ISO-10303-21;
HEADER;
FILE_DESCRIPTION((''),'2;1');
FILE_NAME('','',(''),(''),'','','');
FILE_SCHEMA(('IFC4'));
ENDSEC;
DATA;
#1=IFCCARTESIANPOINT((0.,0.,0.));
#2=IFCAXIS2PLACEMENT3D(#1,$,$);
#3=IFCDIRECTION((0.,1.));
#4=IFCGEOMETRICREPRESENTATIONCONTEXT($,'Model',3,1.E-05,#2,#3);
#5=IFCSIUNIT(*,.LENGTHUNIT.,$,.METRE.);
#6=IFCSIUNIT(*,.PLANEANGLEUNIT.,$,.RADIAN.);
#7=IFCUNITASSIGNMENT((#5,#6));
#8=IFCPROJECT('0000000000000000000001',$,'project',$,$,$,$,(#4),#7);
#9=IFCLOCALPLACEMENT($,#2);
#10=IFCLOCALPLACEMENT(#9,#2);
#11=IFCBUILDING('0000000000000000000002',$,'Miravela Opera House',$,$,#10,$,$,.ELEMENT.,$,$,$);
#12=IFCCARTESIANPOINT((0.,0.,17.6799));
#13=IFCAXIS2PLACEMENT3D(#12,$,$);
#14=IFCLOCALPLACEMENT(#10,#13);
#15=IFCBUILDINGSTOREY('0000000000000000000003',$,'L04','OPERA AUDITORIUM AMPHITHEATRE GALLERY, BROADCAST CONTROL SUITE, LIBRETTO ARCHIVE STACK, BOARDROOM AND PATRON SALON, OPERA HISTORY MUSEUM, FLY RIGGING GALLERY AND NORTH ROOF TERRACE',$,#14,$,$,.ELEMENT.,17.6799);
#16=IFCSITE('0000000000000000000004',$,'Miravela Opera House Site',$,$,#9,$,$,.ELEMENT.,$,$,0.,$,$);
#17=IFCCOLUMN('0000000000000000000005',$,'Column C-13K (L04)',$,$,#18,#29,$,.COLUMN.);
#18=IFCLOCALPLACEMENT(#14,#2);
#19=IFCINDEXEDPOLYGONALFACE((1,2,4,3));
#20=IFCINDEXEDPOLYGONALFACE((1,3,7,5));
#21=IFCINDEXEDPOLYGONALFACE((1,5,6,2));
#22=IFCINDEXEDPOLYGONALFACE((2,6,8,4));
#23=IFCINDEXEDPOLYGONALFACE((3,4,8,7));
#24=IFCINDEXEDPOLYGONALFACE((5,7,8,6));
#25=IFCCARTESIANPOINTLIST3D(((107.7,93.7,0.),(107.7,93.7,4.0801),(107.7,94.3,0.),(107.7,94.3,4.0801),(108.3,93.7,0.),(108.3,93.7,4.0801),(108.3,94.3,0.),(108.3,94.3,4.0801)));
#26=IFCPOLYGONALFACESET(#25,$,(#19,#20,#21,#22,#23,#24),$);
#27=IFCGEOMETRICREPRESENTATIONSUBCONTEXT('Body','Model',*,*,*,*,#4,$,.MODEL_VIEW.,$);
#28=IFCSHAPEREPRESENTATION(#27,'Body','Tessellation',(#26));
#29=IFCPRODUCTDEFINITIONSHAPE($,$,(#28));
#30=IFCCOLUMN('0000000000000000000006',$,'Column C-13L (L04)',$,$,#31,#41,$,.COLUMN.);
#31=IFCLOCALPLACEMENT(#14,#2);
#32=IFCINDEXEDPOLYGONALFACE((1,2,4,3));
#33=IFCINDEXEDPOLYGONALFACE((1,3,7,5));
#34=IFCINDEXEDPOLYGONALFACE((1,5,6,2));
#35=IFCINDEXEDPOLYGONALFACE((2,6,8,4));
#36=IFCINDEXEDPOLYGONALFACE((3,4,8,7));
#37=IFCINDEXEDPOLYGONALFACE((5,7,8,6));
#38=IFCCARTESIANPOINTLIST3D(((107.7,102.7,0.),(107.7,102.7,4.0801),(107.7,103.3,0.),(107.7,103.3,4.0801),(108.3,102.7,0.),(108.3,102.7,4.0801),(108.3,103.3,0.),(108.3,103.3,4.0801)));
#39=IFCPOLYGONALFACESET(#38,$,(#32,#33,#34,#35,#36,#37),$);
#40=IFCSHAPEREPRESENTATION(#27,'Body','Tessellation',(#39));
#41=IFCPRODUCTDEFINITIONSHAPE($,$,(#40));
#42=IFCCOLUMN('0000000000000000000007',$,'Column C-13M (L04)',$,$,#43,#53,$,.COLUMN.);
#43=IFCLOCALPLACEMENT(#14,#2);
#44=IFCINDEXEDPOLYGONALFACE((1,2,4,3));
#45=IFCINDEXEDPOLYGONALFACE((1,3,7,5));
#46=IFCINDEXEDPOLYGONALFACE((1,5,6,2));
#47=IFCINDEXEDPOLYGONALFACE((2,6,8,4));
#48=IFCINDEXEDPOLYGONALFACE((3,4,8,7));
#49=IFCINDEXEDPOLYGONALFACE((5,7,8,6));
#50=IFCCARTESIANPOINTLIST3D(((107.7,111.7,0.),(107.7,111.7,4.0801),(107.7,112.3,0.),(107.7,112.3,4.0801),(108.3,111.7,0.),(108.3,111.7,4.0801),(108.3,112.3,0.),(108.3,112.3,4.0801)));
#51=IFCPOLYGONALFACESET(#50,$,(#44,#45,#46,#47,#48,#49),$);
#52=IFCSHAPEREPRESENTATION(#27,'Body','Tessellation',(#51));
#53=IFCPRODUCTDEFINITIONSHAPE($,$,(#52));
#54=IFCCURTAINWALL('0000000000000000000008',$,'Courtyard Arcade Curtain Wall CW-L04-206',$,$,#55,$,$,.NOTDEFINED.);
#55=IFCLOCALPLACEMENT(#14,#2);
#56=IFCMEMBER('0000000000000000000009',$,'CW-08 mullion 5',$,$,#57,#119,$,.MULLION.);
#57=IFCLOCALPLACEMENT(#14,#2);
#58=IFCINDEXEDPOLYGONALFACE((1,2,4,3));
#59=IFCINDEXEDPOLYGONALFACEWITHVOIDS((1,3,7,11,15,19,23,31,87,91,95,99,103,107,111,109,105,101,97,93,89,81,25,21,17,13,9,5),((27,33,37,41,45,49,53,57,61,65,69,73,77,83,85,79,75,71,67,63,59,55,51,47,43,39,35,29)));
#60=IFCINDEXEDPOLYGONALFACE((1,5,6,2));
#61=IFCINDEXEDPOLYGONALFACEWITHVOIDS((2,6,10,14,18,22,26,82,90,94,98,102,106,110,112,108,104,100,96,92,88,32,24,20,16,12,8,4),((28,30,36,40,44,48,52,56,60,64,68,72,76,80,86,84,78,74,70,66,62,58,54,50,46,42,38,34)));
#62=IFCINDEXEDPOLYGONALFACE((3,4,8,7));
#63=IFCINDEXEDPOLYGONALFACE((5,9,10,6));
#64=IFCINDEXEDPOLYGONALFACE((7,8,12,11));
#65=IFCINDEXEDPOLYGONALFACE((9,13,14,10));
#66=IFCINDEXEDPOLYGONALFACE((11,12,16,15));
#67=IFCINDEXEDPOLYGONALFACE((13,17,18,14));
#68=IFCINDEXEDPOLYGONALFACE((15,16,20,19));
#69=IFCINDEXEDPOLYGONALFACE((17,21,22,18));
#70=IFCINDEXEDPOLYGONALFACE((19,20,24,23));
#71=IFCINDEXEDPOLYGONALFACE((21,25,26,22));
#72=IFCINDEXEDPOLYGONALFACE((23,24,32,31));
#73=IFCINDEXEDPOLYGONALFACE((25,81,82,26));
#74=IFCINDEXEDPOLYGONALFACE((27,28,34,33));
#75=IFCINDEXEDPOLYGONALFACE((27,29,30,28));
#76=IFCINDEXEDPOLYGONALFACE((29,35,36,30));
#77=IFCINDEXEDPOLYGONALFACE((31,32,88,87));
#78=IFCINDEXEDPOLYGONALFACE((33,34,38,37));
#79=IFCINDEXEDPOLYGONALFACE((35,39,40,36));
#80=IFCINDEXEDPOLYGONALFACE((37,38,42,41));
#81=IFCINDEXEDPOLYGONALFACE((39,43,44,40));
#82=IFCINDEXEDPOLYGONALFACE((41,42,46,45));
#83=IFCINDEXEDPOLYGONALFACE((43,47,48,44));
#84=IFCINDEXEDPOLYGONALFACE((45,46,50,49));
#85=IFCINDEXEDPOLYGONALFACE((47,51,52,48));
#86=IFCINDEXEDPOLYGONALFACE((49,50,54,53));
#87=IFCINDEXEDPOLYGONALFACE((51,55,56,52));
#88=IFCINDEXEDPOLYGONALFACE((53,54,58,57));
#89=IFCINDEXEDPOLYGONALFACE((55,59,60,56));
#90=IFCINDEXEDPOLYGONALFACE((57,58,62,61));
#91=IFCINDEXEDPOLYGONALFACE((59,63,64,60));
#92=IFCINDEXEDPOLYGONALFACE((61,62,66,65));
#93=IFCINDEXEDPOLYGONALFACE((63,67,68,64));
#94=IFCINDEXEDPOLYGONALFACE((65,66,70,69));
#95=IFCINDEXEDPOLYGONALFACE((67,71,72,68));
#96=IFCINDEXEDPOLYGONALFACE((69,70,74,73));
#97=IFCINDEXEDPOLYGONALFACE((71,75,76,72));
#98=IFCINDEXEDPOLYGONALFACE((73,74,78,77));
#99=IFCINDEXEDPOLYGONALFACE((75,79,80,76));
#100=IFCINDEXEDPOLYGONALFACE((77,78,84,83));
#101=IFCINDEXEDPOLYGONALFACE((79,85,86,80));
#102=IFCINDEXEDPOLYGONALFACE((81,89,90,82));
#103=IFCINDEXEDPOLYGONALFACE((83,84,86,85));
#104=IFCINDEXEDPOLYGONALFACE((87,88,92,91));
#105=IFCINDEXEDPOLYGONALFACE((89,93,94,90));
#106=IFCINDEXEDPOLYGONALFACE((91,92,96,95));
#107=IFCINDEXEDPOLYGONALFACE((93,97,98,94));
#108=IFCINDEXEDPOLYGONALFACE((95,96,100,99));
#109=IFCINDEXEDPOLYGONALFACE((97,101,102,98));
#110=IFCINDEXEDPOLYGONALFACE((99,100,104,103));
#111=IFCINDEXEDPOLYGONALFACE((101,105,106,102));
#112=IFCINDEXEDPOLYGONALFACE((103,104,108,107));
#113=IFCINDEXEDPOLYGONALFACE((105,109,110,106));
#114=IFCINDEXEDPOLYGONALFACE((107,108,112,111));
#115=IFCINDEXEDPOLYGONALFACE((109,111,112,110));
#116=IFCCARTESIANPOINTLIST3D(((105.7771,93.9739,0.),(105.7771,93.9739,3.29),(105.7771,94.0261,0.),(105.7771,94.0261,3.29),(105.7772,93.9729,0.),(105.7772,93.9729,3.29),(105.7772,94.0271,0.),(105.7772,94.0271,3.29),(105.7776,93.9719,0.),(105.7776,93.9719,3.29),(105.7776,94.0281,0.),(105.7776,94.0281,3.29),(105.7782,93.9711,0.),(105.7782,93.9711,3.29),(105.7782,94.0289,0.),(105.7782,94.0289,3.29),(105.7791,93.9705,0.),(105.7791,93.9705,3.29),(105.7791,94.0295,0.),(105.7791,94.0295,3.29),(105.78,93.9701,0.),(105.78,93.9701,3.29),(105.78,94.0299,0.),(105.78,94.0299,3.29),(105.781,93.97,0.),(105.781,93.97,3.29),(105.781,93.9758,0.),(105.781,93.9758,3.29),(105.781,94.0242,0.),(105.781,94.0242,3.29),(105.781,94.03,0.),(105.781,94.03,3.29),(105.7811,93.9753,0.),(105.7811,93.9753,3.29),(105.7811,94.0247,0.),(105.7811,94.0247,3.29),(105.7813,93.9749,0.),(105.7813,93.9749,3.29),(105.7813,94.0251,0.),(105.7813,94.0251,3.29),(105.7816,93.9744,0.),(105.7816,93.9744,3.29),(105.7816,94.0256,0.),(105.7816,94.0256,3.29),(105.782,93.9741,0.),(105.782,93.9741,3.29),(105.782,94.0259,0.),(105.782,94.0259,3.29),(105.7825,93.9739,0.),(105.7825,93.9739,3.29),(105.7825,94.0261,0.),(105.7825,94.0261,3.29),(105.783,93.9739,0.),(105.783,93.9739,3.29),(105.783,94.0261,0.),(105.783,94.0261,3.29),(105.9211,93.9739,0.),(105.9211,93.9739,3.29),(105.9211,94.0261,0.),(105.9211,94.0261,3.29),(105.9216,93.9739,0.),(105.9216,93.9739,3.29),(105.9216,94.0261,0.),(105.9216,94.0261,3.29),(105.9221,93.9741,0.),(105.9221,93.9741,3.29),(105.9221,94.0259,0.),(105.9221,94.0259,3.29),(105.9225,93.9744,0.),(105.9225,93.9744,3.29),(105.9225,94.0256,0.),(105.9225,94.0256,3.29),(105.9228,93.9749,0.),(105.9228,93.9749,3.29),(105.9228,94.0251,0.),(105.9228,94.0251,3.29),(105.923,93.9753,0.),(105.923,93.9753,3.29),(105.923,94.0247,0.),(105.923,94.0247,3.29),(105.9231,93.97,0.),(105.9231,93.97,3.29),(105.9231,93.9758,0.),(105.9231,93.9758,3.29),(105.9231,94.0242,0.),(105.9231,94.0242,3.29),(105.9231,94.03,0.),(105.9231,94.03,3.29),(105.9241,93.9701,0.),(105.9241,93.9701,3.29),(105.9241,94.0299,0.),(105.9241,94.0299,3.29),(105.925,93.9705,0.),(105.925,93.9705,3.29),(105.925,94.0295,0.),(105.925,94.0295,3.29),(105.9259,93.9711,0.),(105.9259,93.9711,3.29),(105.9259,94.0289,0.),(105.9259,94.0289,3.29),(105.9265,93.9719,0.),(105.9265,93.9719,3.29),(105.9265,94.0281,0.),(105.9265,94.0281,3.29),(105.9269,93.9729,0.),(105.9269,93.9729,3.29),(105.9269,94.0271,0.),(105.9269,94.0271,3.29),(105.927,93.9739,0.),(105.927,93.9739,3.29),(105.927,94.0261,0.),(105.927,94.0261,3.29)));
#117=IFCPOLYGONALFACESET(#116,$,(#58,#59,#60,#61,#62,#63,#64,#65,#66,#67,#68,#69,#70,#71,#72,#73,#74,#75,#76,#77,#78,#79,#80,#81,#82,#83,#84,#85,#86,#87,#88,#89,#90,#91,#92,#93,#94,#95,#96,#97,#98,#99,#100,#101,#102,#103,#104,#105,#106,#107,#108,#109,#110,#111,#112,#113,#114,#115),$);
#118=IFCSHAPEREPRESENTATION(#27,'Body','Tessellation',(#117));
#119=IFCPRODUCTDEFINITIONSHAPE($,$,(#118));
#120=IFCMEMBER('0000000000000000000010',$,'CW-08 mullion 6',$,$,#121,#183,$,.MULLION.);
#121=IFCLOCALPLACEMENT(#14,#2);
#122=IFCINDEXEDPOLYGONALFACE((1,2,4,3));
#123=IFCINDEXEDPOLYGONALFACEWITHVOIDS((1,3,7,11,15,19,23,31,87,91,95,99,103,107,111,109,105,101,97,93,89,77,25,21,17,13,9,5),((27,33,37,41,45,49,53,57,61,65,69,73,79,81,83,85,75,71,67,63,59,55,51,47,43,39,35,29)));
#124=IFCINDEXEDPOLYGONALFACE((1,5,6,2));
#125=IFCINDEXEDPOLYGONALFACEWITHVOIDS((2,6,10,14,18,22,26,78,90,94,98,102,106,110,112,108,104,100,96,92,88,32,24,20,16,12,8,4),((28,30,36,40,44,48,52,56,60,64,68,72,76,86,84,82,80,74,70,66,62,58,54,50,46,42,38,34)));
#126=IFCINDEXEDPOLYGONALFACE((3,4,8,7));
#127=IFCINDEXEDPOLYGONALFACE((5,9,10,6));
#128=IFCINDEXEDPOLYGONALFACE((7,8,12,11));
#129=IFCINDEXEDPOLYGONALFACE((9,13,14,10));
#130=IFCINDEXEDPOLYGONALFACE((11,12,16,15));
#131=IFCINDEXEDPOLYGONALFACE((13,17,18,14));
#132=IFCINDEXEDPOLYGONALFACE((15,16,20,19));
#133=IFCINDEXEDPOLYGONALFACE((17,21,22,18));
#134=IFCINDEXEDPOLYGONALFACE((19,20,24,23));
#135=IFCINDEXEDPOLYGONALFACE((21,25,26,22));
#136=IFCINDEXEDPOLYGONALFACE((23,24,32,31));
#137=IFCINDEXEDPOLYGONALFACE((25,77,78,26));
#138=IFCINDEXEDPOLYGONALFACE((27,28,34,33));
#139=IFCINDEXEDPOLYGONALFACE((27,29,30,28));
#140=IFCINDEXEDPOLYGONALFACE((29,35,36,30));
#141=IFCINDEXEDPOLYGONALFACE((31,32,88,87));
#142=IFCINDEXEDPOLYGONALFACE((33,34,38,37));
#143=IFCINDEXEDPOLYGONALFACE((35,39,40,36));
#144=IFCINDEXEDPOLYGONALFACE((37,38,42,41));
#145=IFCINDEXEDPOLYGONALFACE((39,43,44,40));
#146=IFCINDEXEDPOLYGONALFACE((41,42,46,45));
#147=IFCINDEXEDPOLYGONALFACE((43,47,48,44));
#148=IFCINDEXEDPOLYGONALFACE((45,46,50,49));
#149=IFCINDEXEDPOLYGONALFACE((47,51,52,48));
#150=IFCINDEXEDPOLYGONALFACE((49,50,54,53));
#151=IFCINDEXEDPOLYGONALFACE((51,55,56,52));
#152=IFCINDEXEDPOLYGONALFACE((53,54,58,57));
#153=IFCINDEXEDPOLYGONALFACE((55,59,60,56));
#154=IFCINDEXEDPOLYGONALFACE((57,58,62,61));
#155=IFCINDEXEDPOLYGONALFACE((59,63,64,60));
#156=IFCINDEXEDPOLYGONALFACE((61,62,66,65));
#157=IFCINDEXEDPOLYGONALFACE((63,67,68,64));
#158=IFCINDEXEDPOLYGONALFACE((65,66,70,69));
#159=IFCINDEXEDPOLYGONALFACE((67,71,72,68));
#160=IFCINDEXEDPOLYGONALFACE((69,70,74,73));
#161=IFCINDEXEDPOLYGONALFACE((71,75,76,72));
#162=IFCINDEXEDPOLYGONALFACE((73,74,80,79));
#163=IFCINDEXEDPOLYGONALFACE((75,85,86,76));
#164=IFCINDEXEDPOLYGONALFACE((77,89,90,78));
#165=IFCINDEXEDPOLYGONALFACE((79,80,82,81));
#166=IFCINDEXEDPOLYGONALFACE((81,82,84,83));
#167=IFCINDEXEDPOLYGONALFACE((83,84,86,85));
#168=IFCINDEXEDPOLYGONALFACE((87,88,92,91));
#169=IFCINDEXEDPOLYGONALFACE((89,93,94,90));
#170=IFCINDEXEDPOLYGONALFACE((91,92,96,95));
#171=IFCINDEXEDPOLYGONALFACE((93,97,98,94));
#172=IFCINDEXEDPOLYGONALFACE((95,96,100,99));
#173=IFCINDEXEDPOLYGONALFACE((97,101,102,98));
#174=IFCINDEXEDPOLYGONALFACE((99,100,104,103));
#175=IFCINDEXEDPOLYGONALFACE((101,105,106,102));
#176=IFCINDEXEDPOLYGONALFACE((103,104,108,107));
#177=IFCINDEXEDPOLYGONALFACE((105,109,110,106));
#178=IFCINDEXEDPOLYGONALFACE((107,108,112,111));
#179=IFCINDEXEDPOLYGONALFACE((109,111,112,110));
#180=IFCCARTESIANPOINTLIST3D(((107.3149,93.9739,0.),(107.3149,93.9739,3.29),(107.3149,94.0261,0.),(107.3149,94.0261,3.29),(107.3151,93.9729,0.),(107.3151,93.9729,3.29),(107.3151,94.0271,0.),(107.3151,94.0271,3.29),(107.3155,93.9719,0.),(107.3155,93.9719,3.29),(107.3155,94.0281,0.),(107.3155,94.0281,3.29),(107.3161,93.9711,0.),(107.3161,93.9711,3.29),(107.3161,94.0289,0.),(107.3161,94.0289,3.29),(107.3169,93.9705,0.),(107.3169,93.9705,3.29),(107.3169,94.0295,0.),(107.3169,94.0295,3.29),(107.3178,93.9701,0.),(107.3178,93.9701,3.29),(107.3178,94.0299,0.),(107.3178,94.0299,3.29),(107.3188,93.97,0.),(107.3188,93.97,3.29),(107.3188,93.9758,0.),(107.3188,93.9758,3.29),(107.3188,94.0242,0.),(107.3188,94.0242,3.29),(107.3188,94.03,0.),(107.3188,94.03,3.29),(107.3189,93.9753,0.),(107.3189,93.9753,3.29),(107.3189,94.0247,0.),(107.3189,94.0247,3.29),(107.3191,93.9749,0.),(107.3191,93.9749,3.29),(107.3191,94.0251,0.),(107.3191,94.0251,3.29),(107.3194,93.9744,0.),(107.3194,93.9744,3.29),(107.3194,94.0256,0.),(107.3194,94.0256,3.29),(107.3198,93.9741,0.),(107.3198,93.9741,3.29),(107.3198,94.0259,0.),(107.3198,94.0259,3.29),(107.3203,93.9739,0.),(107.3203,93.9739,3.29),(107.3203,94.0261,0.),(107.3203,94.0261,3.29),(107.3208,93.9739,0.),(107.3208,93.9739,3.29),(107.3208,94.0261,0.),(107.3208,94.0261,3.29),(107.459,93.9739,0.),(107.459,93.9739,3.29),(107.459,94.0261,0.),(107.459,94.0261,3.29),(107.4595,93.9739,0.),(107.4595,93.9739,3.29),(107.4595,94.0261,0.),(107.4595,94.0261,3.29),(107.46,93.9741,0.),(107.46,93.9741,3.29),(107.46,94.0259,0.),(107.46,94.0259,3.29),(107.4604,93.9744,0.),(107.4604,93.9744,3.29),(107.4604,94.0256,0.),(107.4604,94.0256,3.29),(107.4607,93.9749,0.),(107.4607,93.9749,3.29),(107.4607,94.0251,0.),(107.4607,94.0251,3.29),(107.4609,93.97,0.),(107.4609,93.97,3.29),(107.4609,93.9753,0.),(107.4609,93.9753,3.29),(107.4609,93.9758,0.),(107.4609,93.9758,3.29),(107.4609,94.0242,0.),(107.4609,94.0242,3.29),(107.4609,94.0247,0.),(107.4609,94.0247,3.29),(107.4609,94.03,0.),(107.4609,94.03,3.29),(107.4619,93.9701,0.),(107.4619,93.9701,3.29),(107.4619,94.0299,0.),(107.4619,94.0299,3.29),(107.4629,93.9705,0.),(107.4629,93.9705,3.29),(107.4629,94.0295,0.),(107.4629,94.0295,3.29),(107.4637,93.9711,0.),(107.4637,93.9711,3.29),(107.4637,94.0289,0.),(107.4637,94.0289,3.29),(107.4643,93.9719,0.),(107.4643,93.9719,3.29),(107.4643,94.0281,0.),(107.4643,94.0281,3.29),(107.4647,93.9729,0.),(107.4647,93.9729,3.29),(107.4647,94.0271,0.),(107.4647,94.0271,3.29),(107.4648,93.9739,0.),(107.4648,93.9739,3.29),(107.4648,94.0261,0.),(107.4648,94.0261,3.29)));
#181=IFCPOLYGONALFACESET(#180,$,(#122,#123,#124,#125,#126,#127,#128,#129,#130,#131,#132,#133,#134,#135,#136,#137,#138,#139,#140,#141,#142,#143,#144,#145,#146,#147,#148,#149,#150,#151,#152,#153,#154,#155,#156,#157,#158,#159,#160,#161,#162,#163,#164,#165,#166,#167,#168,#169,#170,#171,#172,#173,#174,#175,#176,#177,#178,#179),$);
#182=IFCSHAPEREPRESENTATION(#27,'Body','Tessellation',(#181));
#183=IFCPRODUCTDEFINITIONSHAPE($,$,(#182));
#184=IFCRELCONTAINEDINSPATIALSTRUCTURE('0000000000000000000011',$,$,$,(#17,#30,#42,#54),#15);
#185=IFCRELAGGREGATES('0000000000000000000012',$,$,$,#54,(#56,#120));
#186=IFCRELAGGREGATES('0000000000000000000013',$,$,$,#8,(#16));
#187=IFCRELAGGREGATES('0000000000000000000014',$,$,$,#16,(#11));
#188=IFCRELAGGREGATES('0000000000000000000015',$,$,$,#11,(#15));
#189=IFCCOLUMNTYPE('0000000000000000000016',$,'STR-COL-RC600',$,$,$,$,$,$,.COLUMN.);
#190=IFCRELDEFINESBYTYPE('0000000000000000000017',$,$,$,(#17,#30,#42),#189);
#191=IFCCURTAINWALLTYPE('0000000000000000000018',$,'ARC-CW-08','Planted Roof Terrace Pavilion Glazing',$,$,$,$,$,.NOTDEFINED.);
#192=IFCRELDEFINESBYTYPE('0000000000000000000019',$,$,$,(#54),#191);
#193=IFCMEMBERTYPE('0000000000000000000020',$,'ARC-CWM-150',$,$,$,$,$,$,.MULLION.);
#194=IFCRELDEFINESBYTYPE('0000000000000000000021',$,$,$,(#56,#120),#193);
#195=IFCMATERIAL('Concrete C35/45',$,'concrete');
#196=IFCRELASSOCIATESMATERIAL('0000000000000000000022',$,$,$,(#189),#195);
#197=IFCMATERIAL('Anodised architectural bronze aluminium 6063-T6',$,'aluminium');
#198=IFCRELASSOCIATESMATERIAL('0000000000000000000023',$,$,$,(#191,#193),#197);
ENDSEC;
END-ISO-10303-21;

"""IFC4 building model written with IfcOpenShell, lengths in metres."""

from ifc_helpers import new_model, si_unit, direction, frame, origin, origin_2d, place, context, subcontext, project, spatial, rectangle, hollow_rectangle, extrude, material, material_profile, profile_set, type_object, element, aggregate, save


model = new_model("IFC4")

# Units and contexts
model_context = context("Model", 3, precision=1e-05, world=origin(), true_north=direction((0.0, 1.0)))
body_context = subcontext(model_context, "Body", "Model", "MODEL_VIEW")
ifc_project = project(units=[si_unit("LENGTHUNIT", "METRE"), si_unit("PLANEANGLEUNIT", "RADIAN")], contexts=[model_context])

# Site, building, storey
site_placement = place(None, origin())
site = spatial("IfcSite", under=ifc_project, at=site_placement, Name="Miravela Opera House Site", CompositionType="ELEMENT", RefElevation=0.0)
building_placement = place(site_placement, origin())
building = spatial("IfcBuilding", under=site, at=building_placement, Name="Miravela Opera House", CompositionType="ELEMENT")
storey_placement = place(building_placement, frame((0.0, 0.0, 17.6799)))
storey = spatial("IfcBuildingStorey", under=building, at=storey_placement, Name="L04", Description="OPERA AUDITORIUM AMPHITHEATRE GALLERY, BROADCAST CONTROL SUITE, LIBRETTO ARCHIVE STACK, BOARDROOM AND PATRON SALON, OPERA HISTORY MUSEUM, FLY RIGGING GALLERY AND NORTH ROOF TERRACE", CompositionType="ELEMENT", Elevation=17.6799)

# Columns
ifc_material_1 = material(Name="Concrete C35/45", Category="concrete")
ifc_material_profile_1 = material_profile(ifc_material_1, rectangle(XDim=0.6001, YDim=0.6001, at=origin_2d()), Name="RC-COL-600X600")
ifc_profile_set_1 = profile_set([ifc_material_profile_1])
column_type = type_object("IfcColumnType", Name="STR-COL-RC600", PredefinedType="COLUMN", material=ifc_profile_set_1)
for number, where, z_axis, x_axis, name in (
    (1, (108.0, 94.0, 0.0), (0.0, 0.0, 1.0), (1.0, 0.0, 0.0), "Column C-13K (L04)"),
    (2, (108.0, 103.0, 0.0), (0.0, 0.0, 1.0), (1.0, 0.0, 0.0), "Column C-13L (L04)"),
    (3, (108.0, 112.0, 0.0), (0.0, 0.0, 1.0), (1.0, 0.0, 0.0), "Column C-13M (L04)"),
):
    element("IfcColumn", number, at=place(storey_placement, frame(where, z_axis=z_axis, x_axis=x_axis)), inside=storey, type_object=column_type, Name=name, PredefinedType="COLUMN", context=body_context, shape_type="SweptSolid", body=[
        extrude(rectangle(XDim=0.6001, YDim=0.6001, at=origin_2d()), origin(), (0.0, 0.0, 1.0), 4.0801),
    ])

# Curtain wall, members
ifc_material_2 = material(Name="Anodised architectural bronze aluminium 6063-T6", Category="aluminium")
curtain_wall_type = type_object("IfcCurtainWallType", Name="ARC-CW-08", Description="Planted Roof Terrace Pavilion Glazing", PredefinedType="NOTDEFINED", material=ifc_material_2)
curtain_wall_placement = place(storey_placement, origin())
curtain_wall = element("IfcCurtainWall", 4, at=curtain_wall_placement, inside=storey, type_object=curtain_wall_type, Name="Courtyard Arcade Curtain Wall CW-L04-206", PredefinedType="NOTDEFINED")
ifc_material_profile_2 = material_profile(ifc_material_2, hollow_rectangle(XDim=0.0601, YDim=0.1499, WallThickness=0.0039, InnerFilletRadius=0.002, OuterFilletRadius=0.0039, at=origin_2d()), Name="CWM-60X150")
ifc_profile_set_2 = profile_set([ifc_material_profile_2])
member_type_1 = type_object("IfcMemberType", Name="ARC-CWM-150", PredefinedType="MULLION", material=ifc_profile_set_2)
member_1_placement = place(storey_placement, frame((105.8521, 94.0, 0.0), z_axis=(0.0, 0.0, 1.0), x_axis=(0.0, 1.0, 0.0)))
member_1 = element("IfcMember", 5, at=member_1_placement, type_object=member_type_1, Name="CW-08 mullion 5", PredefinedType="MULLION", context=body_context, shape_type="SweptSolid", body=[
    extrude(hollow_rectangle(XDim=0.0601, YDim=0.1499, WallThickness=0.0039, InnerFilletRadius=0.002, OuterFilletRadius=0.0039, at=origin_2d()), origin(), (0.0, 0.0, 1.0), 3.29),
])
member_2_placement = place(storey_placement, frame((107.3899, 94.0, 0.0), z_axis=(0.0, 0.0, 1.0), x_axis=(0.0, 1.0, 0.0)))
member_2 = element("IfcMember", 6, at=member_2_placement, type_object=member_type_1, Name="CW-08 mullion 6", PredefinedType="MULLION", context=body_context, shape_type="SweptSolid", body=[
    extrude(hollow_rectangle(XDim=0.0601, YDim=0.1499, WallThickness=0.0039, InnerFilletRadius=0.002, OuterFilletRadius=0.0039, at=origin_2d()), origin(), (0.0, 0.0, 1.0), 3.29),
])

aggregate(curtain_wall, [member_1, member_2])

save(model, "model.ifc")
